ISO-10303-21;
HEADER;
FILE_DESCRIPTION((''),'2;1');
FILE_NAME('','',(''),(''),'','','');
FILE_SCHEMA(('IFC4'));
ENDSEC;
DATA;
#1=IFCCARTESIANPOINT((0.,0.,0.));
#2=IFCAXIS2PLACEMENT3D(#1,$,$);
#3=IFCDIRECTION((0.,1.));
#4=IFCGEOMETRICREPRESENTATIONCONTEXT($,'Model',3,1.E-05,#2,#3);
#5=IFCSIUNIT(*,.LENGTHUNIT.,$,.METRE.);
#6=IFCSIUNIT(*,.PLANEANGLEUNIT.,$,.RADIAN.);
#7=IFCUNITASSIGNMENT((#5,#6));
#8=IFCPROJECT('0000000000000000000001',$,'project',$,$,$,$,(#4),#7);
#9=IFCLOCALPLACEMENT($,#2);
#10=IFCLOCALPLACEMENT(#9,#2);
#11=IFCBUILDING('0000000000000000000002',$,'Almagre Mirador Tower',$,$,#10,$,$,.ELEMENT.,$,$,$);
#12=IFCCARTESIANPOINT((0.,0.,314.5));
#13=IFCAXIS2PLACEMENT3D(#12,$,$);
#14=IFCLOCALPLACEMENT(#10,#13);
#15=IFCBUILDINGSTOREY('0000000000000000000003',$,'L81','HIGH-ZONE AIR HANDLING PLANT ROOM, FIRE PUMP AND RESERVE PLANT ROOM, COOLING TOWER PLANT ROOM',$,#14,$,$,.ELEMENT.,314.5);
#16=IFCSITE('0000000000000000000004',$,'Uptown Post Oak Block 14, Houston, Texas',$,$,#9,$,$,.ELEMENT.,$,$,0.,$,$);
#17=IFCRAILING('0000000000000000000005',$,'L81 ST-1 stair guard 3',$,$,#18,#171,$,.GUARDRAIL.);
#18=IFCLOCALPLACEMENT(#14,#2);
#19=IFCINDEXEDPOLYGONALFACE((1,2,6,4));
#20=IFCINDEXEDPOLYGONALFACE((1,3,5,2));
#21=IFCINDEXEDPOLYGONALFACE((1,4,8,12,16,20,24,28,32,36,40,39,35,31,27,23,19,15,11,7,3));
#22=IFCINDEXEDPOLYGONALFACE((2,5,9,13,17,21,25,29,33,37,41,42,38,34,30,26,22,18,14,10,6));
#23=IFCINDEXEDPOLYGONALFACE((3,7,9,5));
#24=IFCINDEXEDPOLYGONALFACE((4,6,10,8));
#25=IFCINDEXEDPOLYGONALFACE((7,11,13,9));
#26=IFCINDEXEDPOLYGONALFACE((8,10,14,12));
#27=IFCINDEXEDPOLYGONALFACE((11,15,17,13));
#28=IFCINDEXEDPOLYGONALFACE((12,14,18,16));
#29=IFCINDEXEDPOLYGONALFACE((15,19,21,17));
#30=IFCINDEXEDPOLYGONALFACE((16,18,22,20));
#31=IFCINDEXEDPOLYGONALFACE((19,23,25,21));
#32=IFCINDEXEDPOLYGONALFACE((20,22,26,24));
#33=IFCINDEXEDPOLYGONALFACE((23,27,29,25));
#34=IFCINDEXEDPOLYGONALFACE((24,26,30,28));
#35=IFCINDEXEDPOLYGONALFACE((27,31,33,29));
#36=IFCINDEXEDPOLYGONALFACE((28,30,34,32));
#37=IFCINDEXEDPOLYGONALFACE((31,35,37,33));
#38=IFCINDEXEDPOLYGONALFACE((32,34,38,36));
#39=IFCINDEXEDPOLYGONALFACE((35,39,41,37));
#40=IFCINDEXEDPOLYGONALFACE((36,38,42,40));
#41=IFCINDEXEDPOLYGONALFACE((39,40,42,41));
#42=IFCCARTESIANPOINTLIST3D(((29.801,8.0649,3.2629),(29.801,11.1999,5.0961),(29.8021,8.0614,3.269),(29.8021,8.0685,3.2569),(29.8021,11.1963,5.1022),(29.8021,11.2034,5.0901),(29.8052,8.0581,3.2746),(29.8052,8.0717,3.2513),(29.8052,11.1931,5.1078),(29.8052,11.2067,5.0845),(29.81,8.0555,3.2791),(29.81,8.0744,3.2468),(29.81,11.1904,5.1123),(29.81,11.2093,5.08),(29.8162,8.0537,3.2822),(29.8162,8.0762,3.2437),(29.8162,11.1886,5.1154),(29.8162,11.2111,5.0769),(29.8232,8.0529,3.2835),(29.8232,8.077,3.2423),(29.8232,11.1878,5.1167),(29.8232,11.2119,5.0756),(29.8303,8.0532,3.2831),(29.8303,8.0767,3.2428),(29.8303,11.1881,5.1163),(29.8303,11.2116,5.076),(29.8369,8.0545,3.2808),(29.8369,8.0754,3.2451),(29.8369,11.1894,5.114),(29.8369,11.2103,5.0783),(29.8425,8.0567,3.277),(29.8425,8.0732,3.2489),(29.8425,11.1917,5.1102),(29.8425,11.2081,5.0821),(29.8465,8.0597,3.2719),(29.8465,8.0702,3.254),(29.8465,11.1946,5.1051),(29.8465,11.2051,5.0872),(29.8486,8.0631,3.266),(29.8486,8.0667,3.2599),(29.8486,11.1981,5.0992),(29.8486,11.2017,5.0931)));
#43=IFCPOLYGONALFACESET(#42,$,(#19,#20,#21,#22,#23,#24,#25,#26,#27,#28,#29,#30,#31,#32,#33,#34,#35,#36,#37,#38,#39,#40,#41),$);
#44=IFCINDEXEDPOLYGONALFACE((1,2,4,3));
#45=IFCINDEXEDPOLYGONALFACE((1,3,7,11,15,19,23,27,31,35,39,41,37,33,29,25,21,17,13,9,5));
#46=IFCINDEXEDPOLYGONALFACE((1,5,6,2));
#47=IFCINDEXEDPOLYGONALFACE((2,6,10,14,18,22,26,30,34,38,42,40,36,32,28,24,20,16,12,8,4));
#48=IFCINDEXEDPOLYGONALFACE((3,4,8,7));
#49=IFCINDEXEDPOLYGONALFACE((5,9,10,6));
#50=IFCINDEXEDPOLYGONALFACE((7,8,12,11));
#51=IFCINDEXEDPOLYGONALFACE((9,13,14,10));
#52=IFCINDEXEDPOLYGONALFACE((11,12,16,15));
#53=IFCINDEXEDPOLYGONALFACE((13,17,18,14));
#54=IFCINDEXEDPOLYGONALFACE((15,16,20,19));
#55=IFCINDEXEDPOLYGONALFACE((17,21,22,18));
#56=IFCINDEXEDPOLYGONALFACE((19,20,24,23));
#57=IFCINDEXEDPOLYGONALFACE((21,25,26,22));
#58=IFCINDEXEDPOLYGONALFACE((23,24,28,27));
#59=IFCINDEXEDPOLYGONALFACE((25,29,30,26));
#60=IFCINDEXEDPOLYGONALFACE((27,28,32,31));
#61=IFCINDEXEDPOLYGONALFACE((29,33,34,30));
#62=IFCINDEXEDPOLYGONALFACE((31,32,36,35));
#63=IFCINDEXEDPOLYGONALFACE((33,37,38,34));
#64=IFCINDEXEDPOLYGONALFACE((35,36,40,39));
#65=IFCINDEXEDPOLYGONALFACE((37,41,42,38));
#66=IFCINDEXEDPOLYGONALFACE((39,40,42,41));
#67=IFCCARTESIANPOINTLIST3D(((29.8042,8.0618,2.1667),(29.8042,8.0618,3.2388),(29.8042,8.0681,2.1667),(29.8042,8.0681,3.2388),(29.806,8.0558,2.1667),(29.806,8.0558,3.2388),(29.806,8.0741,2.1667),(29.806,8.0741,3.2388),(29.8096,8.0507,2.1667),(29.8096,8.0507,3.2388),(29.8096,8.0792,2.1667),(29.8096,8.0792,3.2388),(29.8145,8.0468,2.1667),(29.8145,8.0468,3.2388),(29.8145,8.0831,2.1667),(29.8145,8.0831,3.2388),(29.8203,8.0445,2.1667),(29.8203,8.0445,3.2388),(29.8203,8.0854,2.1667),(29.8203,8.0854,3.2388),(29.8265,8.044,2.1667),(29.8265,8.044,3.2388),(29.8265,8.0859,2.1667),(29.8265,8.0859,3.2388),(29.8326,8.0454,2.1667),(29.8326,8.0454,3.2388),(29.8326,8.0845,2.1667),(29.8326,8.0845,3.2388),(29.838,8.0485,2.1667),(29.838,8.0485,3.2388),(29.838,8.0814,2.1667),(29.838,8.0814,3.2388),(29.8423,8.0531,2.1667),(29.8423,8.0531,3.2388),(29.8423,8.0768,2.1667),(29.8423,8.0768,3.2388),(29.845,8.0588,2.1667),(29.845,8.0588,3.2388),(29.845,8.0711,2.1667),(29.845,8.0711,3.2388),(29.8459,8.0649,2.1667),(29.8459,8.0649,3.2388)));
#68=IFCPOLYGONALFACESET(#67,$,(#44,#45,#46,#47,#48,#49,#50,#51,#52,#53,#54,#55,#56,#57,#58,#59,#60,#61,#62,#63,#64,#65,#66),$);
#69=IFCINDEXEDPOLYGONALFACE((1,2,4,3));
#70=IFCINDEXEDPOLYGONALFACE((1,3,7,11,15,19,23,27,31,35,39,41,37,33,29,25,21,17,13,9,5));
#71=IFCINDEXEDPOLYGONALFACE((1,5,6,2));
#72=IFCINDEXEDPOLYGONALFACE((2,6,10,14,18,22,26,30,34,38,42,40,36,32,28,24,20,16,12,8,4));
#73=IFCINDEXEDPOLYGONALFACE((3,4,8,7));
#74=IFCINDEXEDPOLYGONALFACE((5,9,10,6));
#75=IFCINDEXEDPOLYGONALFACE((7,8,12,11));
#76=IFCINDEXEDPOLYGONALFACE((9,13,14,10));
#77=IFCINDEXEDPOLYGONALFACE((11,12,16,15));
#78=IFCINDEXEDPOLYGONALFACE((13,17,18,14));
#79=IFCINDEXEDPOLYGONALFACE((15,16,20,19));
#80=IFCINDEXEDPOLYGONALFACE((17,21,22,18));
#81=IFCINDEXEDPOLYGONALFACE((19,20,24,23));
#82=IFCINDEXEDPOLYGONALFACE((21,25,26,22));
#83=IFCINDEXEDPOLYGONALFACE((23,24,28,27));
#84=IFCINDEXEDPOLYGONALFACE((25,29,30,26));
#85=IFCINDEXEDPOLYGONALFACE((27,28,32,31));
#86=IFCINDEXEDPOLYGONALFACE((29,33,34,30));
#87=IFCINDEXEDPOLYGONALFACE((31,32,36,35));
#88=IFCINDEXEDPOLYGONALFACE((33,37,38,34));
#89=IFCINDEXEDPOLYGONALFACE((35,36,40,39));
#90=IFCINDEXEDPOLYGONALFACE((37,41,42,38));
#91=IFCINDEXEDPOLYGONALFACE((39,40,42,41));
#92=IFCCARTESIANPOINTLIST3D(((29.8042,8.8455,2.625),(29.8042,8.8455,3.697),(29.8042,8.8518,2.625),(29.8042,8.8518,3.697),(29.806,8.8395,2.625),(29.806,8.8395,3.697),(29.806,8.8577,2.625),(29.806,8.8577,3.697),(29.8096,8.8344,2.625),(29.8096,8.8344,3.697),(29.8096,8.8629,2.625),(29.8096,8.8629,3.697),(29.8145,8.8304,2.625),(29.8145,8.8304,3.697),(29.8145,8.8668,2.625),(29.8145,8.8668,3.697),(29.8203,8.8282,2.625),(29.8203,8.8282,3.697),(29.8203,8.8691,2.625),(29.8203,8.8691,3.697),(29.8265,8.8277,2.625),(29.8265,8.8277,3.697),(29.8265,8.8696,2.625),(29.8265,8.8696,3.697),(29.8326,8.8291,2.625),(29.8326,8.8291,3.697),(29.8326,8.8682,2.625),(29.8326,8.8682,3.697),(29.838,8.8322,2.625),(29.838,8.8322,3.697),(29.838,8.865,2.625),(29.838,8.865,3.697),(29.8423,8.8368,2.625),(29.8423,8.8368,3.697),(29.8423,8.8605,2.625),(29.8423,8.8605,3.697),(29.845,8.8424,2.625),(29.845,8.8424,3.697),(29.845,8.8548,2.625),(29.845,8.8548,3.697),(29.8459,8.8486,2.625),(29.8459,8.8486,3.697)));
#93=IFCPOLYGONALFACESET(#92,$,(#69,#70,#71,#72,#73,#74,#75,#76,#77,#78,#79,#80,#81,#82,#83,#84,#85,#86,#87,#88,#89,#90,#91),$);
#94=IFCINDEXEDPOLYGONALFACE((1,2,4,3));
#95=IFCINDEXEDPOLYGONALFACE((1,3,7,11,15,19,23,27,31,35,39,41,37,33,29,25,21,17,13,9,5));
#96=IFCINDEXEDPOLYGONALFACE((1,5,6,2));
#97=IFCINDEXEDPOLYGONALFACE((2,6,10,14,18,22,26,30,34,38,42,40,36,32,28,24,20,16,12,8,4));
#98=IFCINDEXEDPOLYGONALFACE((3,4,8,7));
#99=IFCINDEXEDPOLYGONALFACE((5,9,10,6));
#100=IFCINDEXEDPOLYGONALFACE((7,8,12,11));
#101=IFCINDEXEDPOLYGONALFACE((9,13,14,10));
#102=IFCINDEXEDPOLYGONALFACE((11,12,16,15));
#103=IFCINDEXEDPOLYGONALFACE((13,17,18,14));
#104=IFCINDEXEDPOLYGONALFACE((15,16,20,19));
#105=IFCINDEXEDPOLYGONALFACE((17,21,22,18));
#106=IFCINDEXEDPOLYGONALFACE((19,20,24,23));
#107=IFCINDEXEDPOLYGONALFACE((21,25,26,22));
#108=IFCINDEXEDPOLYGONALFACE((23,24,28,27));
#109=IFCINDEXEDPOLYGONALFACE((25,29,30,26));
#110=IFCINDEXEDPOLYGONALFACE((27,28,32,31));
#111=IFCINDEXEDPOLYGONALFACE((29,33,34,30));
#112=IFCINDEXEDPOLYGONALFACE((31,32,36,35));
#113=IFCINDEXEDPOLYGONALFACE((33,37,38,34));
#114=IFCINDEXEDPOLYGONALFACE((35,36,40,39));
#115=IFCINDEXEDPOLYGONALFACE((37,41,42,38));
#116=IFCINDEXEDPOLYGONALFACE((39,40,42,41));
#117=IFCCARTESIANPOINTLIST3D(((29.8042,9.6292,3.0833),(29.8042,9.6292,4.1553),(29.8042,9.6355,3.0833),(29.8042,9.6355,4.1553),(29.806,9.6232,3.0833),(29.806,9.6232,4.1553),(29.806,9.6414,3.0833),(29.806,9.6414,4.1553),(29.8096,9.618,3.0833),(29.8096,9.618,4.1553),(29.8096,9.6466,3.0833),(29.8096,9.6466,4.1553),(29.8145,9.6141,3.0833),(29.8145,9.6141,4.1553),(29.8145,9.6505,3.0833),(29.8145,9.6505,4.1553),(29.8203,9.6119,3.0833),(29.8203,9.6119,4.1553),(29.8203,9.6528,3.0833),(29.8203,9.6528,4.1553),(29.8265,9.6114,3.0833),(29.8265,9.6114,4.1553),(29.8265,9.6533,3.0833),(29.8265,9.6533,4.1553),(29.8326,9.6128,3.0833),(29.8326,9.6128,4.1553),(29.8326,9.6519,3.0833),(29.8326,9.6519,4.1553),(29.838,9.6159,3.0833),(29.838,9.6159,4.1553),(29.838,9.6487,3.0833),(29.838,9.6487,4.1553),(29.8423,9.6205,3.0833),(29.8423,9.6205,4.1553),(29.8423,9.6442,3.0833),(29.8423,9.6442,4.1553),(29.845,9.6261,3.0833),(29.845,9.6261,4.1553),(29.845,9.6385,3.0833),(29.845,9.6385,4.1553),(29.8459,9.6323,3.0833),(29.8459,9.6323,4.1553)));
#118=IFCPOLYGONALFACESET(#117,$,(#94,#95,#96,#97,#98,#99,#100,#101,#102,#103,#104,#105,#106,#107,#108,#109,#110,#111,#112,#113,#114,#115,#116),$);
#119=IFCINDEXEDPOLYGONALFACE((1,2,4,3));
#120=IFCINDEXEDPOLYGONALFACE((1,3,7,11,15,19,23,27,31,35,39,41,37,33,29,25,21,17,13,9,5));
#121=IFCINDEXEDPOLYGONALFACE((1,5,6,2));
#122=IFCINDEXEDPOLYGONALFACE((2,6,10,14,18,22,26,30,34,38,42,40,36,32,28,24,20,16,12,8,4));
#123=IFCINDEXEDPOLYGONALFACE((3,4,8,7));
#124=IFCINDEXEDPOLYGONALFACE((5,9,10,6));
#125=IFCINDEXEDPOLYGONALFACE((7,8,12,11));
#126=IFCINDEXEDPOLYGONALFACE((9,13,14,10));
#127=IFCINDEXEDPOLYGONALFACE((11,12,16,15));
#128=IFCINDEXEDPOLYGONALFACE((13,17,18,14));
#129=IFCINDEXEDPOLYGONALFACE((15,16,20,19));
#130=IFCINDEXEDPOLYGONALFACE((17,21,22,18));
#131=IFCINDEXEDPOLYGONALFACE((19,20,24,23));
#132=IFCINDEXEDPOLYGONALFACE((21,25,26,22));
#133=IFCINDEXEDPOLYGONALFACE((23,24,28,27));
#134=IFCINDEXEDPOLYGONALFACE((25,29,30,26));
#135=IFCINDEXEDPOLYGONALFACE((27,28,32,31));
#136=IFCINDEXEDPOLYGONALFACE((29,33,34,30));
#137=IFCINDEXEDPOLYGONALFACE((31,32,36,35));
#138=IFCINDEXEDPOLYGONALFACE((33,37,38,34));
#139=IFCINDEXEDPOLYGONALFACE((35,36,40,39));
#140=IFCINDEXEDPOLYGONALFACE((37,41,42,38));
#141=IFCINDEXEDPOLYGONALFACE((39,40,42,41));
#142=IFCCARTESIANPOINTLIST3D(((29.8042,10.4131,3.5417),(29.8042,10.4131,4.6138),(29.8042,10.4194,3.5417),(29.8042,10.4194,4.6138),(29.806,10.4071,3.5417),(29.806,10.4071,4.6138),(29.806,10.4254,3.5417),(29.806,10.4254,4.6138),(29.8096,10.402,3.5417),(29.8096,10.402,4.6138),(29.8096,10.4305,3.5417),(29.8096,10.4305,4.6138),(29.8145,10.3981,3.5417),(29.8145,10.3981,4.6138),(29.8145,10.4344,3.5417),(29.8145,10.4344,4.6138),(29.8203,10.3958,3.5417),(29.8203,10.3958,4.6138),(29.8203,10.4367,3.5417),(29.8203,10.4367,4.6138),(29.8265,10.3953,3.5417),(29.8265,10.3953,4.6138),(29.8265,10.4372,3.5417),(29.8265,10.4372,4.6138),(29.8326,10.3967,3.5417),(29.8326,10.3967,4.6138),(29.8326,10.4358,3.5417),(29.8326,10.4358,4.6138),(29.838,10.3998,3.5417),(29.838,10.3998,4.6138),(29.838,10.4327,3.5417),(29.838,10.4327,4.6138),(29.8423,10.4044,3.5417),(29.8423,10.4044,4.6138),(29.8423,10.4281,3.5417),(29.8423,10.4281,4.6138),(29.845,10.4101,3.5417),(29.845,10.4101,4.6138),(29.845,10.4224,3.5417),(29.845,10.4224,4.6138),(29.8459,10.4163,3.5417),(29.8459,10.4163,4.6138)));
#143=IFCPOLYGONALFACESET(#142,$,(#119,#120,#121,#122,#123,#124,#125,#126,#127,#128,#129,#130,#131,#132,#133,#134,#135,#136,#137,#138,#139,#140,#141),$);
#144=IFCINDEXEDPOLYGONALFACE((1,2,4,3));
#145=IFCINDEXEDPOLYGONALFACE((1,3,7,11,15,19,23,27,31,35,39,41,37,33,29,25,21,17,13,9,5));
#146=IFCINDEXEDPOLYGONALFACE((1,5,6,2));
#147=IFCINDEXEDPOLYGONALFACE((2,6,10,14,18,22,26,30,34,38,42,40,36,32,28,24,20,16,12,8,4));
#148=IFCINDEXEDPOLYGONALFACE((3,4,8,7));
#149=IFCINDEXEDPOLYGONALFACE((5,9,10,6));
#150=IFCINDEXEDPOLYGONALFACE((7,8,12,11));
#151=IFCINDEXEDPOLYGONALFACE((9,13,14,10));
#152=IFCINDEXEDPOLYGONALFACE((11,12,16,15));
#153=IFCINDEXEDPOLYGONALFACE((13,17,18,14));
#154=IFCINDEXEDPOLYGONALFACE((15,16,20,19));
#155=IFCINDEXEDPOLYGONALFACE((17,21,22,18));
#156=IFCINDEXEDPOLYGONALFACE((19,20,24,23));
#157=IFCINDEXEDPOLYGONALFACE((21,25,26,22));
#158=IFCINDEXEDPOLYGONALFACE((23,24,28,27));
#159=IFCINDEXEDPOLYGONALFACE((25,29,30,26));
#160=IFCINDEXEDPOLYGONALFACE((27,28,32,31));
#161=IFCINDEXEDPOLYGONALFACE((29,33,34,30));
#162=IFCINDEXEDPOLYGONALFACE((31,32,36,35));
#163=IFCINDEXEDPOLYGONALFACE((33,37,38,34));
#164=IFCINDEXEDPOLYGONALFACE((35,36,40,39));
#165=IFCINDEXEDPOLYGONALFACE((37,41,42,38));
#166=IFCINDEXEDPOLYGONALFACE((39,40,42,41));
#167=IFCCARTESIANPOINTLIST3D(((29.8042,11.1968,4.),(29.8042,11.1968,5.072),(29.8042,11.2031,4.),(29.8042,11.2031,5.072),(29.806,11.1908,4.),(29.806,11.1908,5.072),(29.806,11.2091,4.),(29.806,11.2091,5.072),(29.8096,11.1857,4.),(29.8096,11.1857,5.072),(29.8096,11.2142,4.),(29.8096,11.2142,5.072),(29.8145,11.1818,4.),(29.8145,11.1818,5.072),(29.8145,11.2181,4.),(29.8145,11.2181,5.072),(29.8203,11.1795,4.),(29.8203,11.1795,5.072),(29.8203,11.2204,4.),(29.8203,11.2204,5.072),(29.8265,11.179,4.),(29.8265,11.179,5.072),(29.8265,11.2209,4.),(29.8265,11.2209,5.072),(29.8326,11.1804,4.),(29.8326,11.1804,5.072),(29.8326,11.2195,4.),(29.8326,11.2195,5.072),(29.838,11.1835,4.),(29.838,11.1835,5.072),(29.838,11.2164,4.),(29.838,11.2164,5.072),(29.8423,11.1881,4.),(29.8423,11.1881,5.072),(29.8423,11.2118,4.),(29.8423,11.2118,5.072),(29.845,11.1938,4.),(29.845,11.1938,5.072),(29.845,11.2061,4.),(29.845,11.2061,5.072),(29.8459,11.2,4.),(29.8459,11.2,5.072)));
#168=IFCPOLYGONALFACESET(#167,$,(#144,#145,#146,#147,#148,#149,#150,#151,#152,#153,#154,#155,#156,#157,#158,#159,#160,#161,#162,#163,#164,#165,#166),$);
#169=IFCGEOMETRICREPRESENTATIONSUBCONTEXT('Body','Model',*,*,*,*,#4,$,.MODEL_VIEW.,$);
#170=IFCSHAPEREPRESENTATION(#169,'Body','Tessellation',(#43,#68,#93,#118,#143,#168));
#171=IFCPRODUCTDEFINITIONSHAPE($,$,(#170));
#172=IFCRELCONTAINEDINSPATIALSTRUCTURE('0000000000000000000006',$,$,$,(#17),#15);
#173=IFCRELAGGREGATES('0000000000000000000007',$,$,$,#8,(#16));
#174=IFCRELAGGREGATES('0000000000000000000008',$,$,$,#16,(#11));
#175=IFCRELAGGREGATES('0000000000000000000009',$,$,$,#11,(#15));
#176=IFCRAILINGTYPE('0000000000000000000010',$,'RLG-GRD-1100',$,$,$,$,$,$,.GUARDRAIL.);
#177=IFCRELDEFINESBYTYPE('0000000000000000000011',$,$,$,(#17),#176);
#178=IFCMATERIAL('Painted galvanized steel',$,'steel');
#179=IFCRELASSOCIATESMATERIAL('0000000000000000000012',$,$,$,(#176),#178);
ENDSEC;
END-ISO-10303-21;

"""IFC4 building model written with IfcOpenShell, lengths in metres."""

from ifc_helpers import new_model, si_unit, direction, frame, origin, origin_2d, place, context, subcontext, project, spatial, circle, extrude, material, type_object, element, save


model = new_model("IFC4")

# Units and contexts
model_context = context("Model", 3, precision=1e-05, world=origin(), true_north=direction((0.0, 1.0)))
body_context = subcontext(model_context, "Body", "Model", "MODEL_VIEW")
ifc_project = project(units=[si_unit("LENGTHUNIT", "METRE"), si_unit("PLANEANGLEUNIT", "RADIAN")], contexts=[model_context])

# Site, building, storey
site_placement = place(None, origin())
site = spatial("IfcSite", under=ifc_project, at=site_placement, Name="Uptown Post Oak Block 14, Houston, Texas", CompositionType="ELEMENT", RefElevation=0.0)
building_placement = place(site_placement, origin())
building = spatial("IfcBuilding", under=site, at=building_placement, Name="Almagre Mirador Tower", CompositionType="ELEMENT")
storey_placement = place(building_placement, frame((0.0, 0.0, 314.5)))
storey = spatial("IfcBuildingStorey", under=building, at=storey_placement, Name="L81", Description="HIGH-ZONE AIR HANDLING PLANT ROOM, FIRE PUMP AND RESERVE PLANT ROOM, COOLING TOWER PLANT ROOM", CompositionType="ELEMENT", Elevation=314.5)

# Railing
ifc_material_1 = material(Name="Painted galvanized steel", Category="steel")
railing_type_1 = type_object("IfcRailingType", Name="RLG-GRD-1100", PredefinedType="GUARDRAIL", material=ifc_material_1)
railing_1_placement = place(storey_placement, frame((29.825, 8.0649, 2.1667)))
element("IfcRailing", 1, at=railing_1_placement, inside=storey, type_object=railing_type_1, Name="L81 ST-1 stair guard 3", PredefinedType="GUARDRAIL", context=body_context, shape_type="SweptSolid", body=[
    extrude(circle(Radius=0.0239, at=origin_2d()), frame((0.0, 0.0, 1.0962), z_axis=(0.0, 0.86324, 0.504794), x_axis=(-1.0, 0.0, 0.0)), (0.0, 0.0, 1.0), 3.6316),
    extrude(circle(Radius=0.021, at=origin_2d()), origin(), (0.0, 0.0, 1.0), 1.072),
    extrude(circle(Radius=0.021, at=origin_2d()), frame((0.0, 0.7837, 0.4583)), (0.0, 0.0, 1.0), 1.072),
    extrude(circle(Radius=0.021, at=origin_2d()), frame((0.0, 1.5674, 0.9165)), (0.0, 0.0, 1.0), 1.072),
    extrude(circle(Radius=0.021, at=origin_2d()), frame((0.0, 2.3513, 1.375)), (0.0, 0.0, 1.0), 1.072),
    extrude(circle(Radius=0.021, at=origin_2d()), frame((0.0, 3.135, 1.8333)), (0.0, 0.0, 1.0), 1.072),
])

save(model, "model.ifc")
